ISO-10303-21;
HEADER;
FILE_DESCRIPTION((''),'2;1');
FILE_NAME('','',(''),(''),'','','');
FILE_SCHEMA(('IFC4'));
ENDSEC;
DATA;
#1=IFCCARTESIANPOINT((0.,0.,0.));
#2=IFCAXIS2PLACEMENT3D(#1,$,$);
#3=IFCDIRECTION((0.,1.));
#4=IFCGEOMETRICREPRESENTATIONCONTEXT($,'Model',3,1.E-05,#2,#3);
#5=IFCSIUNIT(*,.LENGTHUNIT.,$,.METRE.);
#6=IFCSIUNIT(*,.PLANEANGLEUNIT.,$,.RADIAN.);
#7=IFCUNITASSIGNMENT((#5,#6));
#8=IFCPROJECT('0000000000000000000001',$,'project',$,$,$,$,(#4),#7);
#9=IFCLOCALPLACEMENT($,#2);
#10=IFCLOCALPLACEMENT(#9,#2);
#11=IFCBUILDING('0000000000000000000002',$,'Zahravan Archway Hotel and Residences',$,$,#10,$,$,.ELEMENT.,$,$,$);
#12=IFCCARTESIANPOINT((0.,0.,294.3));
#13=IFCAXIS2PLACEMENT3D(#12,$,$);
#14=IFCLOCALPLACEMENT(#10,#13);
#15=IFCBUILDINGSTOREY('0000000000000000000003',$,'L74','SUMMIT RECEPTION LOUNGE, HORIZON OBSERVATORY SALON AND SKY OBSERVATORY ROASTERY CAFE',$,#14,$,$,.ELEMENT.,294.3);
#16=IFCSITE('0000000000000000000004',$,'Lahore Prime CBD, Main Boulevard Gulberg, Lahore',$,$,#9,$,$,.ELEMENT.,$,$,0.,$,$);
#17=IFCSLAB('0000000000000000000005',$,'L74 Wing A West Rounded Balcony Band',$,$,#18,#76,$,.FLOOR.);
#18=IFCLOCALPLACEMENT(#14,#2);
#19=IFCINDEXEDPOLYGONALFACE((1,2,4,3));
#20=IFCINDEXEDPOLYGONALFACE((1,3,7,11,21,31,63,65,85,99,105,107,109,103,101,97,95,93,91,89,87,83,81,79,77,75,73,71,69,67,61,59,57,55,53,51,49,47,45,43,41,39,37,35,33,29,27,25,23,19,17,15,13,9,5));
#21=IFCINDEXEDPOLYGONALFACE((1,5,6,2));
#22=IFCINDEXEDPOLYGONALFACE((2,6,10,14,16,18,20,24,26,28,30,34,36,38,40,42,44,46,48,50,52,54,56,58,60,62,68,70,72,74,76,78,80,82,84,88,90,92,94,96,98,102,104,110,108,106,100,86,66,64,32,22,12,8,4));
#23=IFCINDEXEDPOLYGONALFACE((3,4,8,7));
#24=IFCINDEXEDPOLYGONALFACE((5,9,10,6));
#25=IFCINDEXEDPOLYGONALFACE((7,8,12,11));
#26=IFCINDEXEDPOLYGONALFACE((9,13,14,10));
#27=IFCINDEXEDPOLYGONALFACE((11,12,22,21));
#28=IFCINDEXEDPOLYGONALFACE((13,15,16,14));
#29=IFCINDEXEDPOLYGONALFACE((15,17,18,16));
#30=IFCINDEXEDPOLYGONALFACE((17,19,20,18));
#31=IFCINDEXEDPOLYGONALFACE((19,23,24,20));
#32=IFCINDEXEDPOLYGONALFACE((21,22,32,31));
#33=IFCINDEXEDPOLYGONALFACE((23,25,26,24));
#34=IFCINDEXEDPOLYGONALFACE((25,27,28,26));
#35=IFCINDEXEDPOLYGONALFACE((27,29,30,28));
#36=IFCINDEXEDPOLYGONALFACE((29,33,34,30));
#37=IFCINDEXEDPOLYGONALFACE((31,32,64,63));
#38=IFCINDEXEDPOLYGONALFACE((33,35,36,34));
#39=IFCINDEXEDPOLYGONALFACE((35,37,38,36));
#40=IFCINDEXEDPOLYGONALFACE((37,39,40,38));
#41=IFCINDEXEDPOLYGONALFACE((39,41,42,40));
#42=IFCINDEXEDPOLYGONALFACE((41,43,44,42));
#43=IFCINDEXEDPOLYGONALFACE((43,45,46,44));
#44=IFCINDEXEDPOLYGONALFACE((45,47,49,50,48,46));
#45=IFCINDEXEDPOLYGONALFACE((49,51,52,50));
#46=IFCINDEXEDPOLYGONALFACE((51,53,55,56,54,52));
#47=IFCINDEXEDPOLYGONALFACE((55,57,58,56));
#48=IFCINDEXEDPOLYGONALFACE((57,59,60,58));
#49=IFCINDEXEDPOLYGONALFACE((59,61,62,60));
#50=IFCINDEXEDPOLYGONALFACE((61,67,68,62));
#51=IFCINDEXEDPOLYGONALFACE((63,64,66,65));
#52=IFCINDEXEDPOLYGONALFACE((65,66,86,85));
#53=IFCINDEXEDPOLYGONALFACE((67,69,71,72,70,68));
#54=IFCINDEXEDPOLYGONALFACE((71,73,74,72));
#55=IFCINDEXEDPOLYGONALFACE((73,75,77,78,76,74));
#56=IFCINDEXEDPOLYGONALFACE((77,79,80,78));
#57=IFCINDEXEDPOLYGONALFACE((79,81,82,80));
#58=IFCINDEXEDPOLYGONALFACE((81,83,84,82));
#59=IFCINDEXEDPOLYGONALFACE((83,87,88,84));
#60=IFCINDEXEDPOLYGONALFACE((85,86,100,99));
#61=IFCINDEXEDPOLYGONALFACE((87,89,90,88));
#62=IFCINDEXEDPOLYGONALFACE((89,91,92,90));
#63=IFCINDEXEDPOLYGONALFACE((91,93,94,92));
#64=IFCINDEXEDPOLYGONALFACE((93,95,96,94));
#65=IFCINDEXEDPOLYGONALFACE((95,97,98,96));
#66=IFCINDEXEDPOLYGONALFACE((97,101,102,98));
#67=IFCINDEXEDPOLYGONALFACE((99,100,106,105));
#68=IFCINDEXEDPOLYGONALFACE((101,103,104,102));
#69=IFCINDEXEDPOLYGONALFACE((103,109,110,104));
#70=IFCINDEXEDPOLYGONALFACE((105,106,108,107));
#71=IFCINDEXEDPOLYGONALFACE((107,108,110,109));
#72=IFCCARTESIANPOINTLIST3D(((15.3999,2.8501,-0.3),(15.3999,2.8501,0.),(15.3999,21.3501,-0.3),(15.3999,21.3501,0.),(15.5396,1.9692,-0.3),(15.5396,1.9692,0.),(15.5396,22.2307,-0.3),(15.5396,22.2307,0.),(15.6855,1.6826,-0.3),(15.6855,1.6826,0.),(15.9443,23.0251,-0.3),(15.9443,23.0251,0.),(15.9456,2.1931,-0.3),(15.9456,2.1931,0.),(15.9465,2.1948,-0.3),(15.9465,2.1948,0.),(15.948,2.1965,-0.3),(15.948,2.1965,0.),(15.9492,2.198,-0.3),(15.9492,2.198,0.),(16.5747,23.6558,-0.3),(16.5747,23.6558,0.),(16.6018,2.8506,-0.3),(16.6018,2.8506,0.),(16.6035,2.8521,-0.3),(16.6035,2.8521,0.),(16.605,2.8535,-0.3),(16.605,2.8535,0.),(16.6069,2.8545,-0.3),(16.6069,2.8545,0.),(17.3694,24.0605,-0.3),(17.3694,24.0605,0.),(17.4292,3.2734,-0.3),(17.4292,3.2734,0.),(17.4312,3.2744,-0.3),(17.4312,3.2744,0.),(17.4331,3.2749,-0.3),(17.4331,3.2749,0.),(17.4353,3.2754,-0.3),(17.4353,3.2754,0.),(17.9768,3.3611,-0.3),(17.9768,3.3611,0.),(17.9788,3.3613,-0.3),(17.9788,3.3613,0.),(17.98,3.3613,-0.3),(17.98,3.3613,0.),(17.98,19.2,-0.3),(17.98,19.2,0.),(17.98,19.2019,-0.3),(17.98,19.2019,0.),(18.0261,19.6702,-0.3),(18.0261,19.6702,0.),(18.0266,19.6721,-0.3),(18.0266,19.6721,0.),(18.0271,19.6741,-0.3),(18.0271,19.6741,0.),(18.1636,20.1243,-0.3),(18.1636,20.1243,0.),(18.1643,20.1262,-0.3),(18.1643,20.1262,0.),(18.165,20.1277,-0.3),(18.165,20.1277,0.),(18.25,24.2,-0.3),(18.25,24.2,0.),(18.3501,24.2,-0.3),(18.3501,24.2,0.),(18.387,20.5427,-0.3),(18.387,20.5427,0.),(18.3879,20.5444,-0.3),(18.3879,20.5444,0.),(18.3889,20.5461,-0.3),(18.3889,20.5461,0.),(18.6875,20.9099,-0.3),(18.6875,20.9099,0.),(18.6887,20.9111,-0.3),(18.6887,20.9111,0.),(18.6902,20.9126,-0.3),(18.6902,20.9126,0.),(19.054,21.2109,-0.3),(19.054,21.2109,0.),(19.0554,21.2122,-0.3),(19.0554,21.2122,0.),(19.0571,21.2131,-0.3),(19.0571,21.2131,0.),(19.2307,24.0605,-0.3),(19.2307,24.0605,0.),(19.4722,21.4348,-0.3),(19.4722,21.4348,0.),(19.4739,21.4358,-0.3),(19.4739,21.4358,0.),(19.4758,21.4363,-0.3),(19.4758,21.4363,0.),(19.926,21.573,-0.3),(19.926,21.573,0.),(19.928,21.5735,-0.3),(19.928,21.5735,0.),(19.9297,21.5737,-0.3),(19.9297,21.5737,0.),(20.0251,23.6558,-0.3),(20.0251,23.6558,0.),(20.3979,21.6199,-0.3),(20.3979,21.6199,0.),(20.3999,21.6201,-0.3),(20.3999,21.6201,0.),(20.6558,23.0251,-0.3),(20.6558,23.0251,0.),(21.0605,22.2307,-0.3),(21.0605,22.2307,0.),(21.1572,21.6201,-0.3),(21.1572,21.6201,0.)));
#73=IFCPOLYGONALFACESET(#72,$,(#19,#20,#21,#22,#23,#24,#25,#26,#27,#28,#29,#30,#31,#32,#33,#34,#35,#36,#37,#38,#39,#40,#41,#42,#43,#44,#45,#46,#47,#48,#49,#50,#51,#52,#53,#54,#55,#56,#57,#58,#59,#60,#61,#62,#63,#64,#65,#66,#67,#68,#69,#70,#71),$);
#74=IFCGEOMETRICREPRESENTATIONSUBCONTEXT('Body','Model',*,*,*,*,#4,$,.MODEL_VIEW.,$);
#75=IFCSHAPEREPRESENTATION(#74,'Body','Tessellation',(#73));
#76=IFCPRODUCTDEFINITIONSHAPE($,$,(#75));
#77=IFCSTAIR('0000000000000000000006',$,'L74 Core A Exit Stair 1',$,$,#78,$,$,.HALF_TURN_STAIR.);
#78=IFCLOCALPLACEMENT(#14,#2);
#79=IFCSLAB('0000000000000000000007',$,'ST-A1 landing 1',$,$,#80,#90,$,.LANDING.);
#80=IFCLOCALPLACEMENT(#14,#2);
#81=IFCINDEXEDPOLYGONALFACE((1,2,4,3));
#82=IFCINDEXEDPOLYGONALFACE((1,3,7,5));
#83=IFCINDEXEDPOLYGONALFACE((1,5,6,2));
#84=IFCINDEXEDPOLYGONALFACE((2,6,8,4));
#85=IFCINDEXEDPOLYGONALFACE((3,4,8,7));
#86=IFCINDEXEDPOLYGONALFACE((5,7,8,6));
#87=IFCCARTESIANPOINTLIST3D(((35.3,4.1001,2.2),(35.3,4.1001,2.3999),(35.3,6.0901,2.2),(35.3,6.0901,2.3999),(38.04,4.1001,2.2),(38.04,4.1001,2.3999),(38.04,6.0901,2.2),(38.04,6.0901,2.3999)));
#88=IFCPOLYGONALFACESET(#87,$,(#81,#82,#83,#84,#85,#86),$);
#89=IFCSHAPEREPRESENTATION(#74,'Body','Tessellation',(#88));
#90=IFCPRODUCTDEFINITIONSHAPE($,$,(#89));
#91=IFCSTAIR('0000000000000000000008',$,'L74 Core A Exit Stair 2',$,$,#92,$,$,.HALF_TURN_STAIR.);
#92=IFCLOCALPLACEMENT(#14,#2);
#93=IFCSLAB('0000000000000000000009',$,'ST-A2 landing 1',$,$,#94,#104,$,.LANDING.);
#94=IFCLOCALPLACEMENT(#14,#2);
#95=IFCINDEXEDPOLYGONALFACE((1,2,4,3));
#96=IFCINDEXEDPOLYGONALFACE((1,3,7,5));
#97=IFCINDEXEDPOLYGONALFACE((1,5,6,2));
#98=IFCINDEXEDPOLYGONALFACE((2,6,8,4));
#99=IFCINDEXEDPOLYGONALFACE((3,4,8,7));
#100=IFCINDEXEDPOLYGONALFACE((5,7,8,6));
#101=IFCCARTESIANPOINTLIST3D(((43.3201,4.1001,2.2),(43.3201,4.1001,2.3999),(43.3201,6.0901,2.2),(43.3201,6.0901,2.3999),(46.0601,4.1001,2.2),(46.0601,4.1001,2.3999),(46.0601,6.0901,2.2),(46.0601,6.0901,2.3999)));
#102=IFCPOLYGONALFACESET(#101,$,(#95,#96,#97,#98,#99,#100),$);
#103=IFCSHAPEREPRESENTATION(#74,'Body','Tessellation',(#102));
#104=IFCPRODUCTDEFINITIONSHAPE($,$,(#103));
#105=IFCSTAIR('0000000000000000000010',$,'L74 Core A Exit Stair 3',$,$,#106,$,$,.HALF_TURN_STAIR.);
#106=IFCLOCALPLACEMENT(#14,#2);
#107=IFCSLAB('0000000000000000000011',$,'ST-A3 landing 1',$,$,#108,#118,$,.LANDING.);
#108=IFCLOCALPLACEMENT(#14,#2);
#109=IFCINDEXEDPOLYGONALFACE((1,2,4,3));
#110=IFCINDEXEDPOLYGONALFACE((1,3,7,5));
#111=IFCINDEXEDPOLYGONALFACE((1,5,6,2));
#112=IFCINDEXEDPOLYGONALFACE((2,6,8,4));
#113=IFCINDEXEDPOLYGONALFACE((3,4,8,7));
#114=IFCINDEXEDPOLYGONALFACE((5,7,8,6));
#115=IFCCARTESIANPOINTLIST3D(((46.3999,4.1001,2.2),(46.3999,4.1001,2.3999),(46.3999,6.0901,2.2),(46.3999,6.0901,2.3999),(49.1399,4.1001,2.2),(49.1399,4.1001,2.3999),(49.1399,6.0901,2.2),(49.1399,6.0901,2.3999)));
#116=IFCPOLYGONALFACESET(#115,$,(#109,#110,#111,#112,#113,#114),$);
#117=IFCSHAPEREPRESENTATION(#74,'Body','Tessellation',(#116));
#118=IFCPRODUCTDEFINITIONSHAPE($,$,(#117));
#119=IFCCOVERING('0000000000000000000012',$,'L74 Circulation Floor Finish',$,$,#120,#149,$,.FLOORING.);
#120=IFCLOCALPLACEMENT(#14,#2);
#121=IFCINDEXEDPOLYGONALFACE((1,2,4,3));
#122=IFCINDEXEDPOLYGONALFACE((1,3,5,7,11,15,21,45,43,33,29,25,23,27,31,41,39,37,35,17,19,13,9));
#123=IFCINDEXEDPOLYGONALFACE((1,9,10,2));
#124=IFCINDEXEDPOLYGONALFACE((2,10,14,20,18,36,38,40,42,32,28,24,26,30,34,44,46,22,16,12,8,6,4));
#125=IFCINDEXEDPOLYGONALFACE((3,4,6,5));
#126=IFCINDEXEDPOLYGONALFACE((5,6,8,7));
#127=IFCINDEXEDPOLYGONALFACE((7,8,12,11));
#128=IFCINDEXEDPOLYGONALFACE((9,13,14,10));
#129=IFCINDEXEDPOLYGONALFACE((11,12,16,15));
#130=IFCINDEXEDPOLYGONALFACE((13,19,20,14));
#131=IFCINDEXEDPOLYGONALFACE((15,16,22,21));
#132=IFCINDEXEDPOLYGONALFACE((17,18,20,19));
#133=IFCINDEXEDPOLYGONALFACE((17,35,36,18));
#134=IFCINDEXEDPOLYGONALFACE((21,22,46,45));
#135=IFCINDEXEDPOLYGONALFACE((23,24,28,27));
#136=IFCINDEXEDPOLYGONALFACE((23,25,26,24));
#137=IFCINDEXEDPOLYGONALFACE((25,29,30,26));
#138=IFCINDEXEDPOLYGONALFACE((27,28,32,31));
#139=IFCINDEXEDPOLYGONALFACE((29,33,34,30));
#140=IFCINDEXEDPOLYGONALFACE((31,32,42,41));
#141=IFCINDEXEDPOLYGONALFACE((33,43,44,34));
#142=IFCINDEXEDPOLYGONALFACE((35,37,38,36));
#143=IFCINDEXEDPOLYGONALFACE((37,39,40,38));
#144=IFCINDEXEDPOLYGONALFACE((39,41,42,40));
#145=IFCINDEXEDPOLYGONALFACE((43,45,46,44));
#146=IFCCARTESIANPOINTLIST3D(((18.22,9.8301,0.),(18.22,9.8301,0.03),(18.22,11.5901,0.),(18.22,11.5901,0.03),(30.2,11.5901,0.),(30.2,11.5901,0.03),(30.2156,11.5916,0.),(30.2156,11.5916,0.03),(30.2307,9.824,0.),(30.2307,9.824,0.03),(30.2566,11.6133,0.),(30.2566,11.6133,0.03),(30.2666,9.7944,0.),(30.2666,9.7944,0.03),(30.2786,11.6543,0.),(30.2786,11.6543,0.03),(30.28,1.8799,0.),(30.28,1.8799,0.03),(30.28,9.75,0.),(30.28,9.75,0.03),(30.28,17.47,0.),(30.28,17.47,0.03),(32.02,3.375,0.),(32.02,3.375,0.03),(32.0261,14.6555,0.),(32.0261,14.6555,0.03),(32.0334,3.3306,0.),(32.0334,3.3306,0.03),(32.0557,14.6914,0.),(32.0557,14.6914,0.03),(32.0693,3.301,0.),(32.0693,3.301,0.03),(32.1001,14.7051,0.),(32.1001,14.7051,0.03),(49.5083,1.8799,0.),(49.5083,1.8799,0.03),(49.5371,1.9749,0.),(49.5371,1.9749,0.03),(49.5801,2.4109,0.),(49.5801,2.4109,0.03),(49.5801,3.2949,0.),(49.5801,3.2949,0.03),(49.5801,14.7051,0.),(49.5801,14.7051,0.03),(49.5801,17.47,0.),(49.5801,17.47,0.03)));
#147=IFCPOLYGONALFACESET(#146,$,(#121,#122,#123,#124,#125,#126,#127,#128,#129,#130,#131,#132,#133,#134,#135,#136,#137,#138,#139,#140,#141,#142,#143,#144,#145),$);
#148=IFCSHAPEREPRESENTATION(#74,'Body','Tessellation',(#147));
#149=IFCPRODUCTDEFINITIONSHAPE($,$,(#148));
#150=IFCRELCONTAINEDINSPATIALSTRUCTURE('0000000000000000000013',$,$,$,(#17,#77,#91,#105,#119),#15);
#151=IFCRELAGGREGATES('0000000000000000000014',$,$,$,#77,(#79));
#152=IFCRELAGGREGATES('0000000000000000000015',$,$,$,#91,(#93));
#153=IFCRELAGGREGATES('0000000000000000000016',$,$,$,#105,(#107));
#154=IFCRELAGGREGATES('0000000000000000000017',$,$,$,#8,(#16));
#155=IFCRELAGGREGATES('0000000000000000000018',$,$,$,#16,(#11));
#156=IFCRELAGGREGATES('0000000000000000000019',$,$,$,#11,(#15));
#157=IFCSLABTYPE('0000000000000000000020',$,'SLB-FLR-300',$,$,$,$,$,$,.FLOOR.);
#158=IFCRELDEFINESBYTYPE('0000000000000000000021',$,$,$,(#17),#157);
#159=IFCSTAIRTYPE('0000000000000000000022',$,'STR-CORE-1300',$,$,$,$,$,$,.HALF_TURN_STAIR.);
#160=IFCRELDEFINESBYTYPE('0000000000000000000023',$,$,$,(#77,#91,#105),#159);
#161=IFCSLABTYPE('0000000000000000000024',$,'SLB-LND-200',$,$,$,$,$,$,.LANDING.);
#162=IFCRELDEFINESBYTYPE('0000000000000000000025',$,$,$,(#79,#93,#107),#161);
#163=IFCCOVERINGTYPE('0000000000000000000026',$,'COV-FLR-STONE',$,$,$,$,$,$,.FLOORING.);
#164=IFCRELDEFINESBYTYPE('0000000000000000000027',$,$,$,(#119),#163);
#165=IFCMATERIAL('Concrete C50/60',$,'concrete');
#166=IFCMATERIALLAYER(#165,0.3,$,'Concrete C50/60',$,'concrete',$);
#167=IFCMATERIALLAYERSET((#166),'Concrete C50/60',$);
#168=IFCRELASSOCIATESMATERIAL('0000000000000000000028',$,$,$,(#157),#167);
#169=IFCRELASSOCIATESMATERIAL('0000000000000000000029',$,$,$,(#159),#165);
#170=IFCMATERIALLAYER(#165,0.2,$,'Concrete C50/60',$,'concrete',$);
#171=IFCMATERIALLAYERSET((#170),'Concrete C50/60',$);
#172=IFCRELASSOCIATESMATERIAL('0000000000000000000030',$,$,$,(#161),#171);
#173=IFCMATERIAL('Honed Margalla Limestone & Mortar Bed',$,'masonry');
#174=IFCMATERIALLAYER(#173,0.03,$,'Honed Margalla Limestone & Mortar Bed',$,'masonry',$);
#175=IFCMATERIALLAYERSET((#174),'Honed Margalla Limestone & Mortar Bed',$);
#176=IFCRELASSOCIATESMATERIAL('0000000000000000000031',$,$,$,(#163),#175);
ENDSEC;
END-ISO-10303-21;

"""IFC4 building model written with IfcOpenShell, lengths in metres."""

from ifc_helpers import new_model, si_unit, direction, frame, origin, place, context, subcontext, project, spatial, polyline, outline, extrude, material, layer, layer_set, type_object, element, aggregate, save


model = new_model("IFC4")

# Units and contexts
model_context = context("Model", 3, precision=1e-05, world=origin(), true_north=direction((0.0, 1.0)))
body_context = subcontext(model_context, "Body", "Model", "MODEL_VIEW")
ifc_project = project(units=[si_unit("LENGTHUNIT", "METRE"), si_unit("PLANEANGLEUNIT", "RADIAN")], contexts=[model_context])

# Site, building, storey
site_placement = place(None, origin())
site = spatial("IfcSite", under=ifc_project, at=site_placement, Name="Lahore Prime CBD, Main Boulevard Gulberg, Lahore", CompositionType="ELEMENT", RefElevation=0.0)
building_placement = place(site_placement, origin())
building = spatial("IfcBuilding", under=site, at=building_placement, Name="Zahravan Archway Hotel and Residences", CompositionType="ELEMENT")
storey_placement = place(building_placement, frame((0.0, 0.0, 294.3)))
storey = spatial("IfcBuildingStorey", under=building, at=storey_placement, Name="L74", Description="SUMMIT RECEPTION LOUNGE, HORIZON OBSERVATORY SALON AND SKY OBSERVATORY ROASTERY CAFE", CompositionType="ELEMENT", Elevation=294.3)

# Slab
ifc_material_1 = material(Name="Concrete C50/60", Category="concrete")
ifc_layer_1 = layer(ifc_material_1, 0.3, Name="Concrete C50/60", Category="concrete")
ifc_layer_set_1 = layer_set([ifc_layer_1], Name="Concrete C50/60")
slab_type_1 = type_object("IfcSlabType", Name="SLB-FLR-300", PredefinedType="FLOOR", material=ifc_layer_set_1)
slab_1_placement = place(storey_placement, frame((0.0, 0.0, -0.3)))
element("IfcSlab", 1, at=slab_1_placement, inside=storey, type_object=slab_type_1, Name="L74 Wing A West Rounded Balcony Band", PredefinedType="FLOOR", context=body_context, shape_type="SweptSolid", body=[
    extrude(outline(polyline([(15.5396, 1.9692), (15.3999, 2.8501), (15.3999, 21.3501), (15.5396, 22.2307), (15.9443, 23.0251), (16.5747, 23.6558), (17.3694, 24.0605), (18.25, 24.2), (18.3501, 24.2), (19.2307, 24.0605), (20.0251, 23.6558), (20.6558, 23.0251), (21.0605, 22.2307), (21.1572, 21.6201), (20.3999, 21.6201), (20.3979, 21.6199), (19.9297, 21.5737), (19.928, 21.5735), (19.926, 21.573), (19.4758, 21.4363), (19.4739, 21.4358), (19.4722, 21.4348), (19.0571, 21.2131), (19.0554, 21.2122), (19.054, 21.2109), (18.6902, 20.9126), (18.6887, 20.9111), (18.6875, 20.9099), (18.3889, 20.5461), (18.3879, 20.5444), (18.387, 20.5427), (18.165, 20.1277), (18.1643, 20.1262), (18.1636, 20.1243), (18.0271, 19.6741), (18.0266, 19.6721), (18.0261, 19.6702), (17.98, 19.2019), (17.98, 19.2), (17.98, 3.3613), (17.9788, 3.3613), (17.9768, 3.3611), (17.4353, 3.2754), (17.4331, 3.2749), (17.4312, 3.2744), (17.4292, 3.2734), (16.6069, 2.8545), (16.605, 2.8535), (16.6035, 2.8521), (16.6018, 2.8506), (15.9492, 2.198), (15.948, 2.1965), (15.9465, 2.1948), (15.9456, 2.1931), (15.6855, 1.6826), (15.5396, 1.9692)])), origin(), (0.0, 0.0, 1.0), 0.3),
])

# Stairs, slabs
stair_type = type_object("IfcStairType", Name="STR-CORE-1300", PredefinedType="HALF_TURN_STAIR", material=ifc_material_1)
stair_1_placement = place(storey_placement, origin())
stair_1 = element("IfcStair", 2, at=stair_1_placement, inside=storey, type_object=stair_type, Name="L74 Core A Exit Stair 1", PredefinedType="HALF_TURN_STAIR")
ifc_layer_2 = layer(ifc_material_1, 0.2, Name="Concrete C50/60", Category="concrete")
ifc_layer_set_2 = layer_set([ifc_layer_2], Name="Concrete C50/60")
slab_type_2 = type_object("IfcSlabType", Name="SLB-LND-200", PredefinedType="LANDING", material=ifc_layer_set_2)
slab_2_placement = place(storey_placement, frame((0.0, 0.0, 2.2)))
slab_2 = element("IfcSlab", 3, at=slab_2_placement, type_object=slab_type_2, Name="ST-A1 landing 1", PredefinedType="LANDING", context=body_context, shape_type="SweptSolid", body=[
    extrude(outline(polyline([(35.3, 6.0901), (35.3, 4.1001), (38.04, 4.1001), (38.04, 6.0901), (35.3, 6.0901)])), origin(), (0.0, 0.0, 1.0), 0.2),
])
aggregate(stair_1, [slab_2])
stair_2_placement = place(storey_placement, origin())
stair_2 = element("IfcStair", 4, at=stair_2_placement, inside=storey, type_object=stair_type, Name="L74 Core A Exit Stair 2", PredefinedType="HALF_TURN_STAIR")
slab_3_placement = place(storey_placement, frame((0.0, 0.0, 2.2)))
slab_3 = element("IfcSlab", 5, at=slab_3_placement, type_object=slab_type_2, Name="ST-A2 landing 1", PredefinedType="LANDING", context=body_context, shape_type="SweptSolid", body=[
    extrude(outline(polyline([(43.3201, 6.0901), (43.3201, 4.1001), (46.0601, 4.1001), (46.0601, 6.0901), (43.3201, 6.0901)])), origin(), (0.0, 0.0, 1.0), 0.2),
])
aggregate(stair_2, [slab_3])
stair_3_placement = place(storey_placement, origin())
stair_3 = element("IfcStair", 6, at=stair_3_placement, inside=storey, type_object=stair_type, Name="L74 Core A Exit Stair 3", PredefinedType="HALF_TURN_STAIR")
slab_4_placement = place(storey_placement, frame((0.0, 0.0, 2.2)))
slab_4 = element("IfcSlab", 7, at=slab_4_placement, type_object=slab_type_2, Name="ST-A3 landing 1", PredefinedType="LANDING", context=body_context, shape_type="SweptSolid", body=[
    extrude(outline(polyline([(46.3999, 6.0901), (46.3999, 4.1001), (49.1399, 4.1001), (49.1399, 6.0901), (46.3999, 6.0901)])), origin(), (0.0, 0.0, 1.0), 0.2),
])
aggregate(stair_3, [slab_4])

# Covering
ifc_material_2 = material(Name="Honed Margalla Limestone & Mortar Bed", Category="masonry")
ifc_layer_3 = layer(ifc_material_2, 0.03, Name="Honed Margalla Limestone & Mortar Bed", Category="masonry")
ifc_layer_set_3 = layer_set([ifc_layer_3], Name="Honed Margalla Limestone & Mortar Bed")
covering_type = type_object("IfcCoveringType", Name="COV-FLR-STONE", PredefinedType="FLOORING", material=ifc_layer_set_3)
covering_placement = place(storey_placement, origin())
element("IfcCovering", 8, at=covering_placement, inside=storey, type_object=covering_type, Name="L74 Circulation Floor Finish", PredefinedType="FLOORING", context=body_context, shape_type="SweptSolid", body=[
    extrude(outline(polyline([(30.2156, 11.5916), (30.2566, 11.6133), (30.2786, 11.6543), (30.28, 17.47), (49.5801, 17.47), (49.5801, 14.7051), (32.1001, 14.7051), (32.0557, 14.6914), (32.0261, 14.6555), (32.02, 3.375), (32.0334, 3.3306), (32.0693, 3.301), (49.5801, 3.2949), (49.5801, 2.4109), (49.5371, 1.9749), (49.5083, 1.8799), (30.28, 1.8799), (30.28, 9.75), (30.2666, 9.7944), (30.2307, 9.824), (18.22, 9.8301), (18.22, 11.5901), (30.2, 11.5901), (30.2156, 11.5916)])), origin(), (0.0, 0.0, 1.0), 0.03),
])

save(model, "model.ifc")
